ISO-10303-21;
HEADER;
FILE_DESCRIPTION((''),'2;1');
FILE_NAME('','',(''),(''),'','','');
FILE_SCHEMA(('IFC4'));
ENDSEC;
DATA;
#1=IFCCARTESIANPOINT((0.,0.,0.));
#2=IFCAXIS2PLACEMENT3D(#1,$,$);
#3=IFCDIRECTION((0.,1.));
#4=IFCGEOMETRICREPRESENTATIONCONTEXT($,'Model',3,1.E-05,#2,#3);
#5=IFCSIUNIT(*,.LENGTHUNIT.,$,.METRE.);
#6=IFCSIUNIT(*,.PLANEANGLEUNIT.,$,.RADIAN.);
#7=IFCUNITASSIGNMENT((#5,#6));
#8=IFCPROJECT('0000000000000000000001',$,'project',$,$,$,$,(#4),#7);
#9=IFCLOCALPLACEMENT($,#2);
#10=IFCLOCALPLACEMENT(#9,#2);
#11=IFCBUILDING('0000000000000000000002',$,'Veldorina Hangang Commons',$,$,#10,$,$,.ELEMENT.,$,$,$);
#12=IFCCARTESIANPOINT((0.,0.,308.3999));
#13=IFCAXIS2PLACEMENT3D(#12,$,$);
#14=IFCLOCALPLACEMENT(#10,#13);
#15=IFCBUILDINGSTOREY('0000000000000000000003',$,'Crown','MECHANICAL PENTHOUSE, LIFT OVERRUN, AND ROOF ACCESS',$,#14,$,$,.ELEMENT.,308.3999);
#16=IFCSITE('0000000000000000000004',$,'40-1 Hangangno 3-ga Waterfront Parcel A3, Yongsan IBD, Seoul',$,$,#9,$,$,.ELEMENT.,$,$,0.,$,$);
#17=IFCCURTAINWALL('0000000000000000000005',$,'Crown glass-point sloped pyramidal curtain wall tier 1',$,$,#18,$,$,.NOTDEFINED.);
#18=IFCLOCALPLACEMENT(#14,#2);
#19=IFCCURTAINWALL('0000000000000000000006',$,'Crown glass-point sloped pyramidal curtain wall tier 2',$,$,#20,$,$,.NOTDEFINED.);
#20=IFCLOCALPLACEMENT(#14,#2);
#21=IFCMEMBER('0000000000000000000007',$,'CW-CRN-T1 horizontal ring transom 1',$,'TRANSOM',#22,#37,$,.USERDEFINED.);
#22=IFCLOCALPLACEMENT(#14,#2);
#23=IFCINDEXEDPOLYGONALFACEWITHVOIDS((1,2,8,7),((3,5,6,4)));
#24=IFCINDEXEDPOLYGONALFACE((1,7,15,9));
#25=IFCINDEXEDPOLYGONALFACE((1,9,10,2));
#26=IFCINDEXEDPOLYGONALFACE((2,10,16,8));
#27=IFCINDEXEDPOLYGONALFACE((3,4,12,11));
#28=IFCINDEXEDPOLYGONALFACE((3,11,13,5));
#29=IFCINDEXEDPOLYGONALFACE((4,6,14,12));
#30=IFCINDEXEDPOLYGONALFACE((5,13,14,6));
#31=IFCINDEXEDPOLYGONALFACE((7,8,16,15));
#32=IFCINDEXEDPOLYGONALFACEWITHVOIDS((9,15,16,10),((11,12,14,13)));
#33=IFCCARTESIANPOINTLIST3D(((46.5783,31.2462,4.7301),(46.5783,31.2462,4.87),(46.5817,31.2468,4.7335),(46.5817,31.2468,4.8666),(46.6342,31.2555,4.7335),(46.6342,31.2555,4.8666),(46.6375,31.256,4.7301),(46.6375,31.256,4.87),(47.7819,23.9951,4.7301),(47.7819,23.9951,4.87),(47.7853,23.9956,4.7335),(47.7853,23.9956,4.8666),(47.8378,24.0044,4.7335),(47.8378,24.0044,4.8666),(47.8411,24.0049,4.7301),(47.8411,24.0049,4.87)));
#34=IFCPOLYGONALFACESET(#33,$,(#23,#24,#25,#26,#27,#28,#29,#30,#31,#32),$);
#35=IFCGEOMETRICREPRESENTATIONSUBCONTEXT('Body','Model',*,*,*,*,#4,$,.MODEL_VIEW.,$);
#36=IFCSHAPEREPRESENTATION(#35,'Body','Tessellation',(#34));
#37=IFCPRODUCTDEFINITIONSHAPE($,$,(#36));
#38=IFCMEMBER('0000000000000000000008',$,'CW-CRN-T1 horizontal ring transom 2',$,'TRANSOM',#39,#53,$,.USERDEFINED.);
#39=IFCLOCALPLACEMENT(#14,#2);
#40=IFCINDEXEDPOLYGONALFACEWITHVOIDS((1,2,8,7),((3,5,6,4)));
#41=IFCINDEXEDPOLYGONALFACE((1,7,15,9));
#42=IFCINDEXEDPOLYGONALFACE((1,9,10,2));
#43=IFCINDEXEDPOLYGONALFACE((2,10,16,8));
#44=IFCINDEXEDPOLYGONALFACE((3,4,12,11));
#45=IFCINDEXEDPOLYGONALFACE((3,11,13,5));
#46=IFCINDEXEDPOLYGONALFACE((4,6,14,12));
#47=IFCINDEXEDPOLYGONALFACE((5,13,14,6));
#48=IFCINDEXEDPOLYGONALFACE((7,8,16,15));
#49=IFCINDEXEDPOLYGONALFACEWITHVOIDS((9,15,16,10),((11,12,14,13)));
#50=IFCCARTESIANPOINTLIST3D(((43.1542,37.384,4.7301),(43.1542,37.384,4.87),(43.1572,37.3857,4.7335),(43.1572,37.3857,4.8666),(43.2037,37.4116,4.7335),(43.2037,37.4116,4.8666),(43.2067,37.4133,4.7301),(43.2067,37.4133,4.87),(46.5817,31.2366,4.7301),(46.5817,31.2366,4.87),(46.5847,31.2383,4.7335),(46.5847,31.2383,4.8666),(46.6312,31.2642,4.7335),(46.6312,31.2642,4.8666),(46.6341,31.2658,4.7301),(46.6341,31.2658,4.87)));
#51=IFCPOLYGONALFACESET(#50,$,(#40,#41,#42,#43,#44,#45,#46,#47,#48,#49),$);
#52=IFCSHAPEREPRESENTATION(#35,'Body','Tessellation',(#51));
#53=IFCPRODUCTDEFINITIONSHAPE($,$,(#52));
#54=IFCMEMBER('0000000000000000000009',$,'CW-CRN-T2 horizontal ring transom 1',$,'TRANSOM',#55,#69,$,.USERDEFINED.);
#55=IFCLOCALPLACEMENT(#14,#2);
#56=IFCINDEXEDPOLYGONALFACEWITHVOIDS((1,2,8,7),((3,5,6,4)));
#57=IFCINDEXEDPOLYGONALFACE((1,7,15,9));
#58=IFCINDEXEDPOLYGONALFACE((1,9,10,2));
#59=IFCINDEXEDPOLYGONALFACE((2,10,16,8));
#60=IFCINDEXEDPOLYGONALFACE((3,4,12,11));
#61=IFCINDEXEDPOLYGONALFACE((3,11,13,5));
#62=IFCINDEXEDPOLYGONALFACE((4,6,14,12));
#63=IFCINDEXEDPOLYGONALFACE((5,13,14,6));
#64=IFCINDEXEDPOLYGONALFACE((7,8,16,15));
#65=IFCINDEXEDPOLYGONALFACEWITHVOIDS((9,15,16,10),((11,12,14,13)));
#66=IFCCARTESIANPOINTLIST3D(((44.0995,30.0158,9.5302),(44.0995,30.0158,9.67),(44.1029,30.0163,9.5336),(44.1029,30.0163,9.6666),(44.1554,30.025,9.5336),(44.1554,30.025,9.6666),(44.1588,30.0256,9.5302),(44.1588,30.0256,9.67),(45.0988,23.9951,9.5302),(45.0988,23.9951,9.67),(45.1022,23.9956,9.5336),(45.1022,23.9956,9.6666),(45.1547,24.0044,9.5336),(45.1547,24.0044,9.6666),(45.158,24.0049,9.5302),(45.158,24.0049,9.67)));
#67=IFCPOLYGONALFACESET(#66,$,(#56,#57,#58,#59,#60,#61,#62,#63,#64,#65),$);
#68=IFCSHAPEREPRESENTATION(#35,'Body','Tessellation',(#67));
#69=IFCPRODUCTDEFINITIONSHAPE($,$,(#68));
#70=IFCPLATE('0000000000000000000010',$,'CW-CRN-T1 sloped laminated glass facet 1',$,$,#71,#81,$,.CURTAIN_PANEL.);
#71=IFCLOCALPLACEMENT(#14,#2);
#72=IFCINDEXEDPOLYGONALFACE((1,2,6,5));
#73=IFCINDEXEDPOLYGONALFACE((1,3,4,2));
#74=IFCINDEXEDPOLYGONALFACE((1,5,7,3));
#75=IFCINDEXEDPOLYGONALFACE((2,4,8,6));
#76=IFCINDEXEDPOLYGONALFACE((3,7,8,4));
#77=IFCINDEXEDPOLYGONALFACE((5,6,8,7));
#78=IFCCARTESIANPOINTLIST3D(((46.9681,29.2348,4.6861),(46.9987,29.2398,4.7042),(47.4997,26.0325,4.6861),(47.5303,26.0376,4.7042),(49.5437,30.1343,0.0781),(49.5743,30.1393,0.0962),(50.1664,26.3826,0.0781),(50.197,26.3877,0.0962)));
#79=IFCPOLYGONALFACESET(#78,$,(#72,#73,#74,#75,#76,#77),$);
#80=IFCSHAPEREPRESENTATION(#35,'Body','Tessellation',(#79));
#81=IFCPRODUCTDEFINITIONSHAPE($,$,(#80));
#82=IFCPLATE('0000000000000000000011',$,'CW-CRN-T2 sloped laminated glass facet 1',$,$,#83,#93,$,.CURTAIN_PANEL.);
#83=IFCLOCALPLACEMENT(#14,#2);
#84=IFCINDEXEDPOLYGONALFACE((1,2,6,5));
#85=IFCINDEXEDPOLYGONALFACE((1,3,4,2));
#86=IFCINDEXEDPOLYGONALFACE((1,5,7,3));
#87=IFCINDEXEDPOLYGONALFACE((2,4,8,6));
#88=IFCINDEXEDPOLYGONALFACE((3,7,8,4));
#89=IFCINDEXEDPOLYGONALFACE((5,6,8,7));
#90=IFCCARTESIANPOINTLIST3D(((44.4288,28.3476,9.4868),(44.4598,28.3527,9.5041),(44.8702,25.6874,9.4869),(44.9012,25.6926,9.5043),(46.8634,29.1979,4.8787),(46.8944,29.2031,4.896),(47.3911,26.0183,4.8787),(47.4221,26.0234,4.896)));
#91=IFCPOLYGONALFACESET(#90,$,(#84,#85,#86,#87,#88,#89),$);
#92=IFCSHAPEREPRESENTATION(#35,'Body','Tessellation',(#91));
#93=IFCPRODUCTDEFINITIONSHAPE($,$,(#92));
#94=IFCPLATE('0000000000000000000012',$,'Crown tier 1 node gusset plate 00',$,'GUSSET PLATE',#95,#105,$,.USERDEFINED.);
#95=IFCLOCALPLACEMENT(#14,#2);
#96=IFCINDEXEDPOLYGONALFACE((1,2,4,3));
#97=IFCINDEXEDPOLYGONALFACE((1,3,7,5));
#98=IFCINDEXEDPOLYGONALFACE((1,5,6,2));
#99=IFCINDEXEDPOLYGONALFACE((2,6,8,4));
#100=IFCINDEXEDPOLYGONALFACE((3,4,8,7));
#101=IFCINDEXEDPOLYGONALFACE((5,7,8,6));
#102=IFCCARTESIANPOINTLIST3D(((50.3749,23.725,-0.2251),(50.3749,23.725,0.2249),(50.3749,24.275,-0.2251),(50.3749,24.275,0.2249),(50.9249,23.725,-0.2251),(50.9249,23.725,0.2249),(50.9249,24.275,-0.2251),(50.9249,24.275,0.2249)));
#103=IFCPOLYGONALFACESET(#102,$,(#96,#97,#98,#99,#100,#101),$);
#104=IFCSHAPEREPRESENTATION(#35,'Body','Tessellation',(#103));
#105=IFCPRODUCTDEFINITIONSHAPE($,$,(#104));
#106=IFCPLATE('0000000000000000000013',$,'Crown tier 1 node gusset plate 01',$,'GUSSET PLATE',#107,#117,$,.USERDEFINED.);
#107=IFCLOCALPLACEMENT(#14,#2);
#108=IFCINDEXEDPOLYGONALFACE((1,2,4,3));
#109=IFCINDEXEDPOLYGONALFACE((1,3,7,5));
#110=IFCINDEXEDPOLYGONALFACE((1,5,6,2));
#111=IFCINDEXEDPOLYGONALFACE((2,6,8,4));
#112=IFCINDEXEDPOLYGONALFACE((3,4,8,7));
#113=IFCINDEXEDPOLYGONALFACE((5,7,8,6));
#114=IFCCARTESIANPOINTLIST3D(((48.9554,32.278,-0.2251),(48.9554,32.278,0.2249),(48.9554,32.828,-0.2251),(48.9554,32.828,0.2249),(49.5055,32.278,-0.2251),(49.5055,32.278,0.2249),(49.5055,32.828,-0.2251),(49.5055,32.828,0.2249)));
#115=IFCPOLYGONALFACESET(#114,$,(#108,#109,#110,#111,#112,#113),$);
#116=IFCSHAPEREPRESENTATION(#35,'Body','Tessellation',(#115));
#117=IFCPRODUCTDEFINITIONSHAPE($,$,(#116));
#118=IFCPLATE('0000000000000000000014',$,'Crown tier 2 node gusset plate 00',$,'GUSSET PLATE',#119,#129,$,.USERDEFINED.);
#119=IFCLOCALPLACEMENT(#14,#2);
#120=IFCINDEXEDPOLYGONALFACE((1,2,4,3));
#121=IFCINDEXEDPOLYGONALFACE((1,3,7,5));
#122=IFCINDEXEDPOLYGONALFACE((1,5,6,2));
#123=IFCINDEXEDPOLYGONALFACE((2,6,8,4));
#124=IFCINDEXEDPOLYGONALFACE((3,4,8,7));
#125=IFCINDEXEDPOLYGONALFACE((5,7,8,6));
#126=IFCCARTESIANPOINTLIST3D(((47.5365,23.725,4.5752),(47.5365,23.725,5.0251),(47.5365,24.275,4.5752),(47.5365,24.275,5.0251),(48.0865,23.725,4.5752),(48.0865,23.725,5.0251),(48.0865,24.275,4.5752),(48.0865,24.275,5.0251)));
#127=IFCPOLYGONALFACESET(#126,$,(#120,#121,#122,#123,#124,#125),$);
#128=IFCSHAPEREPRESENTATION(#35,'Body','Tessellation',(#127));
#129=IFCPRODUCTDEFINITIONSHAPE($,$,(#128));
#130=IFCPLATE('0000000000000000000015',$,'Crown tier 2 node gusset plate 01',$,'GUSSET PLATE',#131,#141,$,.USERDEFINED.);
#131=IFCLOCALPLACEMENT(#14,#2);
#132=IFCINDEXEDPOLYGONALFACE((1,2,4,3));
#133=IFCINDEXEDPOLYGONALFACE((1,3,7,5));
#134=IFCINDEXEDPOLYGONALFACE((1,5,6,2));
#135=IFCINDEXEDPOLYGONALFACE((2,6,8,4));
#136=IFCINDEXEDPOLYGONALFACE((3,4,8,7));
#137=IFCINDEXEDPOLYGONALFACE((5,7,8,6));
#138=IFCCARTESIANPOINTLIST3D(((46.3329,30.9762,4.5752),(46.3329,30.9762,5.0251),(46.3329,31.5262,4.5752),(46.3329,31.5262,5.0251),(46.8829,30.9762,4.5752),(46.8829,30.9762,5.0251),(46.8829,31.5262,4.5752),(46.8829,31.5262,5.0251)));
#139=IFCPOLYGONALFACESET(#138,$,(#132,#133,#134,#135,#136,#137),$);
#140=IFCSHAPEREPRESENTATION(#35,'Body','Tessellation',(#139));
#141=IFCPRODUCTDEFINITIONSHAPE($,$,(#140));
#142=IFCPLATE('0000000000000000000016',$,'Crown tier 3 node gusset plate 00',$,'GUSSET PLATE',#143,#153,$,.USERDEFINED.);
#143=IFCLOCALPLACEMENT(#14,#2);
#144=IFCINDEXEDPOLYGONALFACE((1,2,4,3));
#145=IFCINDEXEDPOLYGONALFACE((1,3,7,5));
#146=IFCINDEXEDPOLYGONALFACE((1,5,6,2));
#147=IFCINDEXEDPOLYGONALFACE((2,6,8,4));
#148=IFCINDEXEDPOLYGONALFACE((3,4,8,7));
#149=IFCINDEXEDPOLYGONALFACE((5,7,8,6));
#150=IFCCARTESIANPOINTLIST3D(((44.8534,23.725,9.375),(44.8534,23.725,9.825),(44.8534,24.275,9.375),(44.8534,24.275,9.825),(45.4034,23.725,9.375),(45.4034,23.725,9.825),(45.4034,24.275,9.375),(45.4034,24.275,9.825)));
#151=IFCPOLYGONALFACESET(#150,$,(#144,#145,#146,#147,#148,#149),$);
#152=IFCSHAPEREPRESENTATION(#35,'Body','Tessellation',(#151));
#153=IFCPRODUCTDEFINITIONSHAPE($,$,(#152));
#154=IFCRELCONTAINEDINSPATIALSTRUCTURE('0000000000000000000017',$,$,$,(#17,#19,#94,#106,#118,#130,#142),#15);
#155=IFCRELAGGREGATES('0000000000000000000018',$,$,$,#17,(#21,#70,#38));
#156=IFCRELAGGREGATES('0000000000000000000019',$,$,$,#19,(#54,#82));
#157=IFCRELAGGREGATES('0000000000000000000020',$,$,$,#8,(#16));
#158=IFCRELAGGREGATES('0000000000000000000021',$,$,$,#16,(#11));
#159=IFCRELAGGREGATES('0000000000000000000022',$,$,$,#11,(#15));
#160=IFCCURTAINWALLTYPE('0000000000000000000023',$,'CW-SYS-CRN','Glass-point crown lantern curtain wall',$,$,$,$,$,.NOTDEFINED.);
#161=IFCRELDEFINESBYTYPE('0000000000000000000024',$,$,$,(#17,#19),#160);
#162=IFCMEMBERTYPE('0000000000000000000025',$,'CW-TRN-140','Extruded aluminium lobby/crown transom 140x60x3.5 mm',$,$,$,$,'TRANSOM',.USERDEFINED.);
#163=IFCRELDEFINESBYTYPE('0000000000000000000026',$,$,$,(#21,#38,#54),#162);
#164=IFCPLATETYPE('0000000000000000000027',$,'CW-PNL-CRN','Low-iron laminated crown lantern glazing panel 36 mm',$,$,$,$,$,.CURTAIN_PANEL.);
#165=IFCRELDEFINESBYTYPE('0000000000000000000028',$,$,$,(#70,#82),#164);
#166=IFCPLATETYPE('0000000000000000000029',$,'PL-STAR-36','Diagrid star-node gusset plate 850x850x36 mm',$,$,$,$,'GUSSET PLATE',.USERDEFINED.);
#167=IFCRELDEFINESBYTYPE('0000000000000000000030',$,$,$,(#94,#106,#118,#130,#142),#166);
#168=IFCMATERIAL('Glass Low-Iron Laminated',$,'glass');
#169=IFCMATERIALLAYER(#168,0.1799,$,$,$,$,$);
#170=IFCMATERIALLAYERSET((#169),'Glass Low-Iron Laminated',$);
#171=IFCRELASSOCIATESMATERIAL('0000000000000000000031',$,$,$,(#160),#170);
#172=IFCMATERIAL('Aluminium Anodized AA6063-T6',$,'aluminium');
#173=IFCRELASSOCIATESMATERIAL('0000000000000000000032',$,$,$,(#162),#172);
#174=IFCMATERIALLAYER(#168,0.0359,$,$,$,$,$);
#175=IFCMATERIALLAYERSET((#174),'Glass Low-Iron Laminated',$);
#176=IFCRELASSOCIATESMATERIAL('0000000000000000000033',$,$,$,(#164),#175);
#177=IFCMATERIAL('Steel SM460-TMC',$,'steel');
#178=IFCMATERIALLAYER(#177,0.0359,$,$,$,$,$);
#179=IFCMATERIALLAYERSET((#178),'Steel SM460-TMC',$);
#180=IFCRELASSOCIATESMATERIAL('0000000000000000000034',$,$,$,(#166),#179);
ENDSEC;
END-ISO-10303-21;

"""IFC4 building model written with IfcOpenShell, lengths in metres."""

from ifc_helpers import new_model, si_unit, direction, frame, origin, origin_2d, place, context, subcontext, project, spatial, polyline, rectangle, hollow_rectangle, outline, extrude, material, layer, layer_set, material_profile, profile_set, type_object, element, aggregate, save


model = new_model("IFC4")

# Units and contexts
model_context = context("Model", 3, precision=1e-05, world=origin(), true_north=direction((0.0, 1.0)))
body_context = subcontext(model_context, "Body", "Model", "MODEL_VIEW")
ifc_project = project(units=[si_unit("LENGTHUNIT", "METRE"), si_unit("PLANEANGLEUNIT", "RADIAN")], contexts=[model_context])

# Site, building, storey
site_placement = place(None, origin())
site = spatial("IfcSite", under=ifc_project, at=site_placement, Name="40-1 Hangangno 3-ga Waterfront Parcel A3, Yongsan IBD, Seoul", CompositionType="ELEMENT", RefElevation=0.0)
building_placement = place(site_placement, origin())
building = spatial("IfcBuilding", under=site, at=building_placement, Name="Veldorina Hangang Commons", CompositionType="ELEMENT")
storey_placement = place(building_placement, frame((0.0, 0.0, 308.3999)))
storey = spatial("IfcBuildingStorey", under=building, at=storey_placement, Name="Crown", Description="MECHANICAL PENTHOUSE, LIFT OVERRUN, AND ROOF ACCESS", CompositionType="ELEMENT", Elevation=308.3999)

# Shared definitions
ifc_material_1 = material(Name="Steel SM460-TMC", Category="steel")

# Curtain walls
ifc_material_2 = material(Name="Glass Low-Iron Laminated", Category="glass")
ifc_layer_1 = layer(ifc_material_2, 0.1799)
ifc_layer_set_1 = layer_set([ifc_layer_1], Name="Glass Low-Iron Laminated")
curtain_wall_type = type_object("IfcCurtainWallType", Name="CW-SYS-CRN", Description="Glass-point crown lantern curtain wall", PredefinedType="NOTDEFINED", material=ifc_layer_set_1)
curtain_wall_1_placement = place(storey_placement, origin())
curtain_wall_1 = element("IfcCurtainWall", 1, at=curtain_wall_1_placement, inside=storey, type_object=curtain_wall_type, Name="Crown glass-point sloped pyramidal curtain wall tier 1", PredefinedType="NOTDEFINED")
ifc_material_3 = material(Name="Aluminium Anodized AA6063-T6", Category="aluminium")
curtain_wall_2_placement = place(storey_placement, origin())
curtain_wall_2 = element("IfcCurtainWall", 2, at=curtain_wall_2_placement, inside=storey, type_object=curtain_wall_type, Name="Crown glass-point sloped pyramidal curtain wall tier 2", PredefinedType="NOTDEFINED")

# Members
ifc_material_profile_1 = material_profile(ifc_material_3, hollow_rectangle(XDim=0.0601, YDim=0.1399, WallThickness=0.0034, at=origin_2d()), Name="ALU-RHS-140x60x3.5")
ifc_profile_set_1 = profile_set([ifc_material_profile_1], Name="Aluminium Anodized AA6063-T6")
member_type_1 = type_object("IfcMemberType", Name="CW-TRN-140", Description="Extruded aluminium lobby/crown transom 140x60x3.5 mm", ElementType="TRANSOM", PredefinedType="USERDEFINED", material=ifc_profile_set_1)
member_1_placement = place(storey_placement, frame((47.8115, 24.0, 4.8), z_axis=(-0.163747, 0.986502, 0.0), x_axis=(-0.986502, -0.163747, 0.0)))
member_1 = element("IfcMember", 3, at=member_1_placement, type_object=member_type_1, Name="CW-CRN-T1 horizontal ring transom 1", ObjectType="TRANSOM", PredefinedType="USERDEFINED", context=body_context, shape_type="SweptSolid", body=[
    extrude(hollow_rectangle(XDim=0.0601, YDim=0.1399, WallThickness=0.0034, at=origin_2d()), origin(), (0.0, 0.0, 1.0), 7.3503),
])
member_2_placement = place(storey_placement, frame((46.6079, 31.2512, 4.8), z_axis=(-0.486971, 0.873418, 0.0), x_axis=(-0.873418, -0.486971, 0.0)))
member_2 = element("IfcMember", 4, at=member_2_placement, type_object=member_type_1, Name="CW-CRN-T1 horizontal ring transom 2", ObjectType="TRANSOM", PredefinedType="USERDEFINED", context=body_context, shape_type="SweptSolid", body=[
    extrude(hollow_rectangle(XDim=0.0601, YDim=0.1399, WallThickness=0.0034, at=origin_2d()), origin(), (0.0, 0.0, 1.0), 7.0383),
])
member_3_placement = place(storey_placement, frame((45.1284, 24.0, 9.6001), z_axis=(-0.163731, 0.986505, 0.0), x_axis=(-0.986505, -0.163731, 0.0)))
member_3 = element("IfcMember", 5, at=member_3_placement, type_object=member_type_1, Name="CW-CRN-T2 horizontal ring transom 1", ObjectType="TRANSOM", PredefinedType="USERDEFINED", context=body_context, shape_type="SweptSolid", body=[
    extrude(hollow_rectangle(XDim=0.0601, YDim=0.1399, WallThickness=0.0034, at=origin_2d()), origin(), (0.0, 0.0, 1.0), 6.103),
])

# Plates
ifc_layer_2 = layer(ifc_material_2, 0.0359)
ifc_layer_set_2 = layer_set([ifc_layer_2], Name="Glass Low-Iron Laminated")
plate_type_1 = type_object("IfcPlateType", Name="CW-PNL-CRN", Description="Low-iron laminated crown lantern glazing panel 36 mm", PredefinedType="CURTAIN_PANEL", material=ifc_layer_set_2)
plate_1_placement = place(storey_placement, frame((50.197, 26.3877, 0.0962), z_axis=(0.852112, 0.141445, 0.503884), x_axis=(-0.163756, 0.986501, 0.000005)))
plate_1 = element("IfcPlate", 6, at=plate_1_placement, type_object=plate_type_1, Name="CW-CRN-T1 sloped laminated glass facet 1", PredefinedType="CURTAIN_PANEL", context=body_context, shape_type="SweptSolid", body=[
    extrude(outline(polyline([(0.0, 0.0), (3.803, 0.0), (3.3374, 5.3347), (0.0913, 5.3347), (0.0, 0.0)])), origin(), (0.0, 0.0, -1.0), 0.0359),
])
aggregate(curtain_wall_1, [member_1, plate_1, member_2])
plate_2_placement = place(storey_placement, frame((47.4221, 26.0234, 4.896), z_axis=(0.863872, 0.143377, 0.482875), x_axis=(-0.163737, 0.986504, 0.000013)))
plate_2 = element("IfcPlate", 7, at=plate_2_placement, type_object=plate_type_1, Name="CW-CRN-T2 sloped laminated glass facet 1", PredefinedType="CURTAIN_PANEL", context=body_context, shape_type="SweptSolid", body=[
    extrude(outline(polyline([(0.0, 0.0), (3.2231, 0.0), (2.783, 5.2622), (0.0864, 5.2625), (0.0, 0.0)])), origin(), (0.0, 0.0, -1.0), 0.0359),
])
aggregate(curtain_wall_2, [member_3, plate_2])

# Plates
ifc_layer_3 = layer(ifc_material_1, 0.0359)
ifc_layer_set_3 = layer_set([ifc_layer_3], Name="Steel SM460-TMC")
plate_type_2 = type_object("IfcPlateType", Name="PL-STAR-36", Description="Diagrid star-node gusset plate 850x850x36 mm", ElementType="GUSSET PLATE", PredefinedType="USERDEFINED", material=ifc_layer_set_3)
for number, where, z_axis, x_axis, name in (
    (8, (50.6499, 24.0, -0.2251), (0.0, 0.0, 1.0), (1.0, 0.0, 0.0), "Crown tier 1 node gusset plate 00"),
    (9, (49.2305, 32.553, -0.2251), (0.0, 0.0, 1.0), (1.0, 0.0, 0.0), "Crown tier 1 node gusset plate 01"),
    (10, (47.8115, 24.0, 4.5752), (0.0, 0.0, 1.0), (1.0, 0.0, 0.0), "Crown tier 2 node gusset plate 00"),
    (11, (46.6079, 31.2512, 4.5752), (0.0, 0.0, 1.0), (1.0, 0.0, 0.0), "Crown tier 2 node gusset plate 01"),
    (12, (45.1284, 24.0, 9.375), (0.0, 0.0, 1.0), (1.0, 0.0, 0.0), "Crown tier 3 node gusset plate 00"),
):
    element("IfcPlate", number, at=place(storey_placement, frame(where, z_axis=z_axis, x_axis=x_axis)), inside=storey, type_object=plate_type_2, Name=name, ObjectType="GUSSET PLATE", PredefinedType="USERDEFINED", context=body_context, shape_type="SweptSolid", body=[
        extrude(rectangle(XDim=0.55, YDim=0.55, at=origin_2d()), origin(), (0.0, 0.0, 1.0), 0.45),
    ])

save(model, "model.ifc")
